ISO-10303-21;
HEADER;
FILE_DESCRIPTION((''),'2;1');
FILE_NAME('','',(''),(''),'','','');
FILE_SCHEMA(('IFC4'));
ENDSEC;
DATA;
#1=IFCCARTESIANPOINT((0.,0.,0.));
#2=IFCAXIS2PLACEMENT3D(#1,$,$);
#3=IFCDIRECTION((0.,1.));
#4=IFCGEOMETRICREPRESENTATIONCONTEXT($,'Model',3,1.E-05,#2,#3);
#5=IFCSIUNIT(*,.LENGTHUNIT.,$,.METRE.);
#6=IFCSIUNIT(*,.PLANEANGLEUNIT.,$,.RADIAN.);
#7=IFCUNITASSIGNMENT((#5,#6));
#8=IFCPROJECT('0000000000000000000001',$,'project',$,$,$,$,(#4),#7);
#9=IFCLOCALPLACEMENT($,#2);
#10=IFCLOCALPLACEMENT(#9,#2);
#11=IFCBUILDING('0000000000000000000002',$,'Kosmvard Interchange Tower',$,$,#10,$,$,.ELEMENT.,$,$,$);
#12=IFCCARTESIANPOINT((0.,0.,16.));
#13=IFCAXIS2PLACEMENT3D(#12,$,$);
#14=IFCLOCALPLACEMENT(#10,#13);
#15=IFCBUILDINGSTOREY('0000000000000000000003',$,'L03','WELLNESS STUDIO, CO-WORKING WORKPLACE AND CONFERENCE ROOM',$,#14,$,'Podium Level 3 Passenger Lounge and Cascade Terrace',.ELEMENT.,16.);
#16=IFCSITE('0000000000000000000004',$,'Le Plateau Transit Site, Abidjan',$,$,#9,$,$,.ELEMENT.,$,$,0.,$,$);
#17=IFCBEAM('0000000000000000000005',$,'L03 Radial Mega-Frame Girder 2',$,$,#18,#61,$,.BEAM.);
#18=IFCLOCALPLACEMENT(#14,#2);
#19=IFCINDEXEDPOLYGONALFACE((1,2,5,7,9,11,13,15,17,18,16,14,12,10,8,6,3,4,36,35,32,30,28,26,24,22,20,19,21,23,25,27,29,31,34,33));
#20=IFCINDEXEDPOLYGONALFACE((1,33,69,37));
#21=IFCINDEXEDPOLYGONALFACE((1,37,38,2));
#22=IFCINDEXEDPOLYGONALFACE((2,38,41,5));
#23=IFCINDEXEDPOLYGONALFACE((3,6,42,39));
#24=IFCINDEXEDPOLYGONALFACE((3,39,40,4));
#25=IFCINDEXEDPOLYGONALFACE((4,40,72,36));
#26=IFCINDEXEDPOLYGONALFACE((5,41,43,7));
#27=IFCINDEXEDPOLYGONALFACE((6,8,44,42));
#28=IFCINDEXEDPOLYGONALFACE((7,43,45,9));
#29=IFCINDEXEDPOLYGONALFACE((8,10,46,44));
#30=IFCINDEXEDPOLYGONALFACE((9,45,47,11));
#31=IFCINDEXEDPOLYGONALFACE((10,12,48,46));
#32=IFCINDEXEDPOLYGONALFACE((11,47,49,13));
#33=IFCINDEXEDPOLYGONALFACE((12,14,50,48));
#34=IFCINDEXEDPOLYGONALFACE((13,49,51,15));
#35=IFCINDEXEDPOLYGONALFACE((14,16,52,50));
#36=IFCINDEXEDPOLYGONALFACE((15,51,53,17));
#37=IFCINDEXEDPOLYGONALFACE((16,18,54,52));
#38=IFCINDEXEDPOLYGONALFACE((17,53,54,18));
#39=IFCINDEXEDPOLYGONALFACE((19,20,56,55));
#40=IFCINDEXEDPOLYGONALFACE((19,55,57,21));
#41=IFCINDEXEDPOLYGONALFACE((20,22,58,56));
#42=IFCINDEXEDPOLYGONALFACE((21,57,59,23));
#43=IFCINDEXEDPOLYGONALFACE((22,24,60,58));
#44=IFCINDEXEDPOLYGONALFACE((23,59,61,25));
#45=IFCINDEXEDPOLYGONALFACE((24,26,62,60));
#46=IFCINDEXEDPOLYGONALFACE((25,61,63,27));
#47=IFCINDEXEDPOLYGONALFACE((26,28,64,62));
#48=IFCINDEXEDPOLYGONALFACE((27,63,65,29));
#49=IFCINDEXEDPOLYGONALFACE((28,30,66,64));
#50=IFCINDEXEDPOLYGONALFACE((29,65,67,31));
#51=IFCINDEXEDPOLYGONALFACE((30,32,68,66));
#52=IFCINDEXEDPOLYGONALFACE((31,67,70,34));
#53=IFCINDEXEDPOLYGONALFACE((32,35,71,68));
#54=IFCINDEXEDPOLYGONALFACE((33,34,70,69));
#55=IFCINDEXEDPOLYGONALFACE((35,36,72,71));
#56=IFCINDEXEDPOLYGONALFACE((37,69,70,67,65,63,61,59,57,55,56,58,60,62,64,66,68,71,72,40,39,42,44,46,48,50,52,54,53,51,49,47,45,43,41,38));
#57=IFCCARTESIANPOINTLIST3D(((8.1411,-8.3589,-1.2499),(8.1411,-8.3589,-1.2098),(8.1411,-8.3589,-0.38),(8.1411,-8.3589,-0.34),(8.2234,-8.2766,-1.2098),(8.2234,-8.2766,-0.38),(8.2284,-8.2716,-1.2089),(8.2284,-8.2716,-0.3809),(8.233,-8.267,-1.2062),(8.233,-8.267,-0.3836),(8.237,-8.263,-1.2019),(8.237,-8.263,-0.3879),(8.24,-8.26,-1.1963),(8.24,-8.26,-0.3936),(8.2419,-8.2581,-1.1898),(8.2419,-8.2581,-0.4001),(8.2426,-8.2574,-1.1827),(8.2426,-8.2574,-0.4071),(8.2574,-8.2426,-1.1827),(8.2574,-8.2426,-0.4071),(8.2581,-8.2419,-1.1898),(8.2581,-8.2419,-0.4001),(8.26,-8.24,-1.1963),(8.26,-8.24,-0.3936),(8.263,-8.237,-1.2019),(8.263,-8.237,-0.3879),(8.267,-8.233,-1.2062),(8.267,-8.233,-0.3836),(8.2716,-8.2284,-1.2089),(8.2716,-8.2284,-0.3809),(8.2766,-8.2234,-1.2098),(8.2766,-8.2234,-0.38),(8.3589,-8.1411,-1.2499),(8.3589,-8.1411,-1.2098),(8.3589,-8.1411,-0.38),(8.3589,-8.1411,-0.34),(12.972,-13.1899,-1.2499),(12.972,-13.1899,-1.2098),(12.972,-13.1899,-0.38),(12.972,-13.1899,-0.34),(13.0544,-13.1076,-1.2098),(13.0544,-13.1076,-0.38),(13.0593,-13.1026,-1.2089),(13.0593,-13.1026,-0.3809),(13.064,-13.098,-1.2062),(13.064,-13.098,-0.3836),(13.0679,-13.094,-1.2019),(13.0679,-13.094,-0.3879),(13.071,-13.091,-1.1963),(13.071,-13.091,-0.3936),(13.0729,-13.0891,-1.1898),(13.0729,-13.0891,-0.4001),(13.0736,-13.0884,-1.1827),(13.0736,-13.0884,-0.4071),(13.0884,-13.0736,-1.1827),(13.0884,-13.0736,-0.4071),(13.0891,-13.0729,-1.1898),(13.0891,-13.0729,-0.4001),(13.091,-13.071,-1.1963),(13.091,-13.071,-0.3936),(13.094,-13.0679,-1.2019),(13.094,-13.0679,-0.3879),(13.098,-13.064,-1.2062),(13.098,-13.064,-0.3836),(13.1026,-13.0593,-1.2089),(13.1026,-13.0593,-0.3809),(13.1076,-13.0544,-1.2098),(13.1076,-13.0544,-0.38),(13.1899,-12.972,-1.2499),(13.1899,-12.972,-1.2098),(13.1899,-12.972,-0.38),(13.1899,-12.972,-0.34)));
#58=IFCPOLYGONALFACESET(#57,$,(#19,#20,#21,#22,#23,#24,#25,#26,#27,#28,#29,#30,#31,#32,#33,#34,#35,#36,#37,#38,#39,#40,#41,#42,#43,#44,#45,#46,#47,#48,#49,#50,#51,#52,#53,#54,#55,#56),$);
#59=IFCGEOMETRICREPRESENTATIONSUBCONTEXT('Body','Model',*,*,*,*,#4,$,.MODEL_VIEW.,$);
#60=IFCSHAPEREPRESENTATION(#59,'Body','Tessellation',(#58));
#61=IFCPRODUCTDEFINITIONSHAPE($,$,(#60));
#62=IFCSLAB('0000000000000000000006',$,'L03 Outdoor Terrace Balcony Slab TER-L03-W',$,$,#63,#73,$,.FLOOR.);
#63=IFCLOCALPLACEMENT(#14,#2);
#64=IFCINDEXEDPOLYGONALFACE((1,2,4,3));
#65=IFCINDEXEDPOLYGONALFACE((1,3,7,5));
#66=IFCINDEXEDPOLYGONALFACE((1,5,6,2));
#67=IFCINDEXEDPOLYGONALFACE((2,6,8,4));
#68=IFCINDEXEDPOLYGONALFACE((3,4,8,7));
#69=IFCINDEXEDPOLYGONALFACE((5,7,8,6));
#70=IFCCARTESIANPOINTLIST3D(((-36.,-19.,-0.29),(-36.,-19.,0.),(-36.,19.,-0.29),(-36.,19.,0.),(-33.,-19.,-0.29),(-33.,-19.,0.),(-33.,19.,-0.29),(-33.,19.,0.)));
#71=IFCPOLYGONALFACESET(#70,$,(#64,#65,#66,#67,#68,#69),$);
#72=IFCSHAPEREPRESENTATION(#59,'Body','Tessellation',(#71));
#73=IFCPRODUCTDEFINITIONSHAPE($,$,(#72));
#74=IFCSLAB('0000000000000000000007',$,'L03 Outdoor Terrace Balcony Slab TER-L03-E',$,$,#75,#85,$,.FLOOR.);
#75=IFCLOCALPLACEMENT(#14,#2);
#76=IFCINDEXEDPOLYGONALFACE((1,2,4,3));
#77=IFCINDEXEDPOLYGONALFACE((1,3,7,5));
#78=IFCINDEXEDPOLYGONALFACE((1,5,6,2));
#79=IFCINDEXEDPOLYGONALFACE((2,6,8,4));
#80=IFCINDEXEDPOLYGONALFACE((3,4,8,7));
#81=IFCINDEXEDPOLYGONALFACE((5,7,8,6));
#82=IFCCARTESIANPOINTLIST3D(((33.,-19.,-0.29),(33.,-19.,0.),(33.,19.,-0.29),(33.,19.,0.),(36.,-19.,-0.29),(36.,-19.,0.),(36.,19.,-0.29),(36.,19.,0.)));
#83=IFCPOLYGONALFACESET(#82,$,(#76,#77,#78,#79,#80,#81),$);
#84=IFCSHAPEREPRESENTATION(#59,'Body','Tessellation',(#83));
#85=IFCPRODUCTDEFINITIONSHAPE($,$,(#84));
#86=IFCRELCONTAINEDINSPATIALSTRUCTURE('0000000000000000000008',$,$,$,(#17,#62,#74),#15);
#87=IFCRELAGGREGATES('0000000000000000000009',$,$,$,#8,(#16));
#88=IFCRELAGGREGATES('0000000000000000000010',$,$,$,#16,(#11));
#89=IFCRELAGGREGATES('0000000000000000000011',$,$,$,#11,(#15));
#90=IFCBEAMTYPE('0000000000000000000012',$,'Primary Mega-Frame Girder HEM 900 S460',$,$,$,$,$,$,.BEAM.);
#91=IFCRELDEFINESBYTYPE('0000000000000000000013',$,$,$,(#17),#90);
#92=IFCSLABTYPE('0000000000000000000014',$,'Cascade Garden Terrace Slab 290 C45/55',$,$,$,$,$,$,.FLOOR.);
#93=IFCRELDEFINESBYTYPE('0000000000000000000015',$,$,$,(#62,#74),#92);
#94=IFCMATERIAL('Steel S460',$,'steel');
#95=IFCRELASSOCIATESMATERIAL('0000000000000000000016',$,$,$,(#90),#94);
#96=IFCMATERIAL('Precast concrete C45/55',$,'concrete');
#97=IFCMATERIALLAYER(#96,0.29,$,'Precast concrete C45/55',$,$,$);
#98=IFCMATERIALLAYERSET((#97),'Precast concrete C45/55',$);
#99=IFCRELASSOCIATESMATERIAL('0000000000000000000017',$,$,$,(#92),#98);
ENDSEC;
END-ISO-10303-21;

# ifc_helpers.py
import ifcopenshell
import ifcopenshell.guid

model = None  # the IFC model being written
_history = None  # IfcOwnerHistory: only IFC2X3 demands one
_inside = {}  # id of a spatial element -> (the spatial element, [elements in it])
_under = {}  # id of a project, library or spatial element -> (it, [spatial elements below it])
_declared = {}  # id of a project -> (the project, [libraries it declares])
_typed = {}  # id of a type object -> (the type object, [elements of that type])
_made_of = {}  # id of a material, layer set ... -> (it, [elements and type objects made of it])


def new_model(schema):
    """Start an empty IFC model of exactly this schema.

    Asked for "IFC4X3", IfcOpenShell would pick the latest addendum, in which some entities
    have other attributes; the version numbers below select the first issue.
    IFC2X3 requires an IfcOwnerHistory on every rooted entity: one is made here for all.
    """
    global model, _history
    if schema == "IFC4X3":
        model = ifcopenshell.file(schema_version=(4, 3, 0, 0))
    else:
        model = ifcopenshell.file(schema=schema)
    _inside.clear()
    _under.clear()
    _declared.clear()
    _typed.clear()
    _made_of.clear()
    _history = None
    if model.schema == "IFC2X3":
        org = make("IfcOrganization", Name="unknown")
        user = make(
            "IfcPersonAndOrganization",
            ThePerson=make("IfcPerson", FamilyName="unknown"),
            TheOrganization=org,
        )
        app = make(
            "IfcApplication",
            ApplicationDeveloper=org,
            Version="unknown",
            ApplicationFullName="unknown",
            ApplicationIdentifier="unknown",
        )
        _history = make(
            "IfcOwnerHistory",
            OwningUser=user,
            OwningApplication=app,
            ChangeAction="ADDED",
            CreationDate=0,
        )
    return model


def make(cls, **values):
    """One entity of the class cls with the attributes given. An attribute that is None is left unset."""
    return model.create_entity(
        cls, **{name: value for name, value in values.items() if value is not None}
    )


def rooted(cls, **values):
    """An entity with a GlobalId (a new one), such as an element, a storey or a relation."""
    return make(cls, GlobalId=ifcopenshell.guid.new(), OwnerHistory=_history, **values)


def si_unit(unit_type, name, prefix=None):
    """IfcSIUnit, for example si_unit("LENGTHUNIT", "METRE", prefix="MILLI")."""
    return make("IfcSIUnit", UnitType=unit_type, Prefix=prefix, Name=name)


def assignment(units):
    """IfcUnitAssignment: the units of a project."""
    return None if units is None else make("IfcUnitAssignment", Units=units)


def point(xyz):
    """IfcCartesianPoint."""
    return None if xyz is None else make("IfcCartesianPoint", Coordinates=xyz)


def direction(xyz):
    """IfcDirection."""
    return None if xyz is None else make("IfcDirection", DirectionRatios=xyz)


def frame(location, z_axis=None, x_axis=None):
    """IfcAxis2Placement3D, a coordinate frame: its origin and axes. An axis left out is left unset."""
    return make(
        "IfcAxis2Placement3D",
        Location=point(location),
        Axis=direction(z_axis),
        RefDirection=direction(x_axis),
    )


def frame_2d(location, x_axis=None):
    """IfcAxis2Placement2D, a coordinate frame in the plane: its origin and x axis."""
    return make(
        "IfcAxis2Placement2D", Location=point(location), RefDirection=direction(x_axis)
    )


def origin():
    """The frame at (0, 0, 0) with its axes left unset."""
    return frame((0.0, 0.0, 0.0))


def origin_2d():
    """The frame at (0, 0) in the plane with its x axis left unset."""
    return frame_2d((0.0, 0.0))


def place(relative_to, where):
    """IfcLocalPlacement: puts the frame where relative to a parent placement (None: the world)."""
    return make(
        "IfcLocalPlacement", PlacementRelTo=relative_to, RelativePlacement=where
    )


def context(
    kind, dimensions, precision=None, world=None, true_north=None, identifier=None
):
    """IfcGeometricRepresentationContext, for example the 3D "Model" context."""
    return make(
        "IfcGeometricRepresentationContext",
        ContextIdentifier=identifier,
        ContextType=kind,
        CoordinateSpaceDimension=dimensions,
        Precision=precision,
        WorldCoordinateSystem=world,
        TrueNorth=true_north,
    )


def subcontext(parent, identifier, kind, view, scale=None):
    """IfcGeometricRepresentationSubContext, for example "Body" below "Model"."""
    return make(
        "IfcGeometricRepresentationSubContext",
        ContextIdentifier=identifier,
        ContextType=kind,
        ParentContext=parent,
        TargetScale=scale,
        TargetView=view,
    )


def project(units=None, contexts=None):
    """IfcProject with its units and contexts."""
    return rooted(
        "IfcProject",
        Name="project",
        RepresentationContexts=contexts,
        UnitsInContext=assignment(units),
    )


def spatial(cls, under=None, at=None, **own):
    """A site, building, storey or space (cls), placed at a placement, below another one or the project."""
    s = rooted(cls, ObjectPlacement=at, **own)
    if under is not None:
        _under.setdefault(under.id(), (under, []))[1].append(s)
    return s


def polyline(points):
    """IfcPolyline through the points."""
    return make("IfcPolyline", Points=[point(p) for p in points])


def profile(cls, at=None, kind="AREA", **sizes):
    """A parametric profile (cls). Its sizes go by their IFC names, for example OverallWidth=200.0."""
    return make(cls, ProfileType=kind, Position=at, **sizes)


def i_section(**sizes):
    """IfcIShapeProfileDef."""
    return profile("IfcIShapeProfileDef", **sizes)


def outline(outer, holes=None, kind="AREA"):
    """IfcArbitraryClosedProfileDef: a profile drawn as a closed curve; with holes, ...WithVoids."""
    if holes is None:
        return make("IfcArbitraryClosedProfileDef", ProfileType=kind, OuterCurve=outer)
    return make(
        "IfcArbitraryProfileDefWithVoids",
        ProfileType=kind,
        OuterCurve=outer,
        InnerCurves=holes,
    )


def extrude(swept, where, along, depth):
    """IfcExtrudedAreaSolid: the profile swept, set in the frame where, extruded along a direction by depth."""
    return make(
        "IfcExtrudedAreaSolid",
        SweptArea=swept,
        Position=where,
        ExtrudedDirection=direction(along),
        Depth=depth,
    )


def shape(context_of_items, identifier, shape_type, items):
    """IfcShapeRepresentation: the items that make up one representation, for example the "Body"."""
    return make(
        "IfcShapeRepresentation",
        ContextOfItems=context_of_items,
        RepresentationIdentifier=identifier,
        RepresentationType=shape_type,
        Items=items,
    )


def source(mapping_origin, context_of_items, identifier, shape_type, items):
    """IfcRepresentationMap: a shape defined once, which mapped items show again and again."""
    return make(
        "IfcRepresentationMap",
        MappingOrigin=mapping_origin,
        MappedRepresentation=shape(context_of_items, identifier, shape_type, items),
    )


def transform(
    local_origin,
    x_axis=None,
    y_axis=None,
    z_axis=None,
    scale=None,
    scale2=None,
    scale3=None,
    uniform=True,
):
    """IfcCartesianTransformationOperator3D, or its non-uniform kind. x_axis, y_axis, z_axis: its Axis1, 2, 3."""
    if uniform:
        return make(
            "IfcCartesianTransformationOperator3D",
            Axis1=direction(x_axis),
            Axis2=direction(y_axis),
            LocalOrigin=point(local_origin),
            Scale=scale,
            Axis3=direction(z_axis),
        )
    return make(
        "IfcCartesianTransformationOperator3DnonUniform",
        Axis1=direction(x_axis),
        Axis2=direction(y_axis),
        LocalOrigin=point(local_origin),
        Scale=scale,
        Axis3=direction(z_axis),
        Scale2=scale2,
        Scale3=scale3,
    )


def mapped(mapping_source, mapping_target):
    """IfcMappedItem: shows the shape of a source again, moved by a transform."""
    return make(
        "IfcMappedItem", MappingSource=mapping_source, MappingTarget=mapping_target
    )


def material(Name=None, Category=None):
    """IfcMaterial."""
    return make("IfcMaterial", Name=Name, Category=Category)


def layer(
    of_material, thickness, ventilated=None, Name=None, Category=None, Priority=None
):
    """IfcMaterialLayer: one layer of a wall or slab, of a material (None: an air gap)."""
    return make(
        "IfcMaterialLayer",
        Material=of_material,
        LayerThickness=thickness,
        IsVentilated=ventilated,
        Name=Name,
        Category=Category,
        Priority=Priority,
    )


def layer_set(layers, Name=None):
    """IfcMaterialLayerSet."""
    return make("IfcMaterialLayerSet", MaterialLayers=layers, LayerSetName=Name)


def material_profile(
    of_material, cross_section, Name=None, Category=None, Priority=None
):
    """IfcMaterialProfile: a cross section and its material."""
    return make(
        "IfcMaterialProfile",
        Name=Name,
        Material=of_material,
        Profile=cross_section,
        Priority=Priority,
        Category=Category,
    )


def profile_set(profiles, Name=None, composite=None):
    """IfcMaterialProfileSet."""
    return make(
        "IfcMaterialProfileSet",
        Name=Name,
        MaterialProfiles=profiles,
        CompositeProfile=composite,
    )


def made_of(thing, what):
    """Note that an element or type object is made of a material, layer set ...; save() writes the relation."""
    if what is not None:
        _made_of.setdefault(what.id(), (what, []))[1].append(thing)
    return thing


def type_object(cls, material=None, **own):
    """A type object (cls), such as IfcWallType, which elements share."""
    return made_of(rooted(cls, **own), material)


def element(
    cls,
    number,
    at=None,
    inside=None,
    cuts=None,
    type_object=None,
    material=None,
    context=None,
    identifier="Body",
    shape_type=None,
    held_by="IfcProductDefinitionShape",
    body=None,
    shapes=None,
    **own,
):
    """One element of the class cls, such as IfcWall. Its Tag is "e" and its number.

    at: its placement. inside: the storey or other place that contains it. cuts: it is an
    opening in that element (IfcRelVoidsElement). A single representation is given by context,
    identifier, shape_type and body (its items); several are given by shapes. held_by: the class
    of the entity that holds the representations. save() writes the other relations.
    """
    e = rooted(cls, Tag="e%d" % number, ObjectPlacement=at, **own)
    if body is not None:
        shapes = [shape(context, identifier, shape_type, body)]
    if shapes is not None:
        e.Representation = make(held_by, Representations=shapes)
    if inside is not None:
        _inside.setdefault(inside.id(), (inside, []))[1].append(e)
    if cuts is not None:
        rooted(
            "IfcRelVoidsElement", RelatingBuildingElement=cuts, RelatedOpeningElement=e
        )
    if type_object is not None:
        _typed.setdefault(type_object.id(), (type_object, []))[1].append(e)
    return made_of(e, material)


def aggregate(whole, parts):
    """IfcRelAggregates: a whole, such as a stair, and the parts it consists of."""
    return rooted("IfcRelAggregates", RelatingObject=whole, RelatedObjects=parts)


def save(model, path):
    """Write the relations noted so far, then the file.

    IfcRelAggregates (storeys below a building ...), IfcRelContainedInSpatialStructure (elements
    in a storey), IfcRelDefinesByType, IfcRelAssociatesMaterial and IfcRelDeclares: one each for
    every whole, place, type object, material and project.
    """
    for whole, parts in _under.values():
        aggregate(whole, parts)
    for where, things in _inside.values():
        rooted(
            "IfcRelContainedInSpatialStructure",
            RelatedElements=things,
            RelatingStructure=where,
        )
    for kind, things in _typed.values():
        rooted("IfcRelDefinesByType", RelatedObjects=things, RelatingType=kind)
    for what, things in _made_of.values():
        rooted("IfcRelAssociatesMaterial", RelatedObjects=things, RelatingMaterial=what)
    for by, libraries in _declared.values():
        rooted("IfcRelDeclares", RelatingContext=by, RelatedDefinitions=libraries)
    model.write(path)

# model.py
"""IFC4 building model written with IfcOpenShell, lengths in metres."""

from ifc_helpers import new_model, si_unit, direction, frame, origin, origin_2d, place, context, subcontext, project, spatial, polyline, i_section, outline, extrude, source, transform, mapped, material, layer, layer_set, material_profile, profile_set, type_object, element, save


model = new_model("IFC4")

# Units and contexts
model_context = context("Model", 3, precision=1e-05, world=origin(), true_north=direction((0.0, 1.0)))
body_context = subcontext(model_context, "Body", "Model", "MODEL_VIEW")
ifc_project = project(units=[si_unit("LENGTHUNIT", "METRE"), si_unit("PLANEANGLEUNIT", "RADIAN")], contexts=[model_context])

# Site, building, storey
site_placement = place(None, origin())
site = spatial("IfcSite", under=ifc_project, at=site_placement, Name="Le Plateau Transit Site, Abidjan", CompositionType="ELEMENT", RefElevation=0.0)
building_placement = place(site_placement, origin())
building = spatial("IfcBuilding", under=site, at=building_placement, Name="Kosmvard Interchange Tower", CompositionType="ELEMENT")
storey_placement = place(building_placement, frame((0.0, 0.0, 16.0)))
storey = spatial("IfcBuildingStorey", under=building, at=storey_placement, Name="L03", Description="WELLNESS STUDIO, CO-WORKING WORKPLACE AND CONFERENCE ROOM", LongName="Podium Level 3 Passenger Lounge and Cascade Terrace", CompositionType="ELEMENT", Elevation=16.0)

# Beam
ifc_material_1 = material(Name="Steel S460", Category="steel")
ifc_material_profile = material_profile(ifc_material_1, i_section(OverallWidth=0.3081, OverallDepth=0.9099, WebThickness=0.021, FlangeThickness=0.04, FilletRadius=0.0271, at=origin_2d()), Name="HEM 900")
ifc_profile_set = profile_set([ifc_material_profile], Name="Steel S460")
beam_type = type_object("IfcBeamType", Name="Primary Mega-Frame Girder HEM 900 S460", PredefinedType="BEAM", material=ifc_profile_set)
shared_shape_1 = source(origin(), body_context, "Body", "SweptSolid", [
    extrude(i_section(OverallWidth=0.3081, OverallDepth=0.9099, WebThickness=0.021, FlangeThickness=0.04, FilletRadius=0.0271, at=origin_2d()), origin(), (0.0, 0.0, 1.0), 6.832),
])
beam_placement = place(storey_placement, frame((8.25, -8.25, -0.7949), z_axis=(0.707107, -0.707107, 0.0), x_axis=(0.707107, 0.707107, 0.0)))
element("IfcBeam", 1, at=beam_placement, inside=storey, type_object=beam_type, Name="L03 Radial Mega-Frame Girder 2", PredefinedType="BEAM", context=body_context, shape_type="MappedRepresentation", body=[
    mapped(shared_shape_1, transform((0.0, 0.0, 0.0), scale=1.0)),
])

# Slabs
ifc_material_2 = material(Name="Precast concrete C45/55", Category="concrete")
ifc_layer_1 = layer(ifc_material_2, 0.29, Name="Precast concrete C45/55")
ifc_layer_set_1 = layer_set([ifc_layer_1], Name="Precast concrete C45/55")
slab_type_1 = type_object("IfcSlabType", Name="Cascade Garden Terrace Slab 290 C45/55", PredefinedType="FLOOR", material=ifc_layer_set_1)
slab_1_placement = place(storey_placement, frame((0.0, 0.0, -0.29)))
element("IfcSlab", 2, at=slab_1_placement, inside=storey, type_object=slab_type_1, Name="L03 Outdoor Terrace Balcony Slab TER-L03-W", PredefinedType="FLOOR", context=body_context, shape_type="SweptSolid", body=[
    extrude(outline(polyline([(-36.0, -19.0), (-33.0, -19.0), (-33.0, 19.0), (-36.0, 19.0), (-36.0, -19.0)])), origin(), (0.0, 0.0, 1.0), 0.29),
])
slab_2_placement = place(storey_placement, frame((0.0, 0.0, -0.29)))
element("IfcSlab", 3, at=slab_2_placement, inside=storey, type_object=slab_type_1, Name="L03 Outdoor Terrace Balcony Slab TER-L03-E", PredefinedType="FLOOR", context=body_context, shape_type="SweptSolid", body=[
    extrude(outline(polyline([(33.0, -19.0), (36.0, -19.0), (36.0, 19.0), (33.0, 19.0), (33.0, -19.0)])), origin(), (0.0, 0.0, 1.0), 0.29),
])

save(model, "model.ifc")
